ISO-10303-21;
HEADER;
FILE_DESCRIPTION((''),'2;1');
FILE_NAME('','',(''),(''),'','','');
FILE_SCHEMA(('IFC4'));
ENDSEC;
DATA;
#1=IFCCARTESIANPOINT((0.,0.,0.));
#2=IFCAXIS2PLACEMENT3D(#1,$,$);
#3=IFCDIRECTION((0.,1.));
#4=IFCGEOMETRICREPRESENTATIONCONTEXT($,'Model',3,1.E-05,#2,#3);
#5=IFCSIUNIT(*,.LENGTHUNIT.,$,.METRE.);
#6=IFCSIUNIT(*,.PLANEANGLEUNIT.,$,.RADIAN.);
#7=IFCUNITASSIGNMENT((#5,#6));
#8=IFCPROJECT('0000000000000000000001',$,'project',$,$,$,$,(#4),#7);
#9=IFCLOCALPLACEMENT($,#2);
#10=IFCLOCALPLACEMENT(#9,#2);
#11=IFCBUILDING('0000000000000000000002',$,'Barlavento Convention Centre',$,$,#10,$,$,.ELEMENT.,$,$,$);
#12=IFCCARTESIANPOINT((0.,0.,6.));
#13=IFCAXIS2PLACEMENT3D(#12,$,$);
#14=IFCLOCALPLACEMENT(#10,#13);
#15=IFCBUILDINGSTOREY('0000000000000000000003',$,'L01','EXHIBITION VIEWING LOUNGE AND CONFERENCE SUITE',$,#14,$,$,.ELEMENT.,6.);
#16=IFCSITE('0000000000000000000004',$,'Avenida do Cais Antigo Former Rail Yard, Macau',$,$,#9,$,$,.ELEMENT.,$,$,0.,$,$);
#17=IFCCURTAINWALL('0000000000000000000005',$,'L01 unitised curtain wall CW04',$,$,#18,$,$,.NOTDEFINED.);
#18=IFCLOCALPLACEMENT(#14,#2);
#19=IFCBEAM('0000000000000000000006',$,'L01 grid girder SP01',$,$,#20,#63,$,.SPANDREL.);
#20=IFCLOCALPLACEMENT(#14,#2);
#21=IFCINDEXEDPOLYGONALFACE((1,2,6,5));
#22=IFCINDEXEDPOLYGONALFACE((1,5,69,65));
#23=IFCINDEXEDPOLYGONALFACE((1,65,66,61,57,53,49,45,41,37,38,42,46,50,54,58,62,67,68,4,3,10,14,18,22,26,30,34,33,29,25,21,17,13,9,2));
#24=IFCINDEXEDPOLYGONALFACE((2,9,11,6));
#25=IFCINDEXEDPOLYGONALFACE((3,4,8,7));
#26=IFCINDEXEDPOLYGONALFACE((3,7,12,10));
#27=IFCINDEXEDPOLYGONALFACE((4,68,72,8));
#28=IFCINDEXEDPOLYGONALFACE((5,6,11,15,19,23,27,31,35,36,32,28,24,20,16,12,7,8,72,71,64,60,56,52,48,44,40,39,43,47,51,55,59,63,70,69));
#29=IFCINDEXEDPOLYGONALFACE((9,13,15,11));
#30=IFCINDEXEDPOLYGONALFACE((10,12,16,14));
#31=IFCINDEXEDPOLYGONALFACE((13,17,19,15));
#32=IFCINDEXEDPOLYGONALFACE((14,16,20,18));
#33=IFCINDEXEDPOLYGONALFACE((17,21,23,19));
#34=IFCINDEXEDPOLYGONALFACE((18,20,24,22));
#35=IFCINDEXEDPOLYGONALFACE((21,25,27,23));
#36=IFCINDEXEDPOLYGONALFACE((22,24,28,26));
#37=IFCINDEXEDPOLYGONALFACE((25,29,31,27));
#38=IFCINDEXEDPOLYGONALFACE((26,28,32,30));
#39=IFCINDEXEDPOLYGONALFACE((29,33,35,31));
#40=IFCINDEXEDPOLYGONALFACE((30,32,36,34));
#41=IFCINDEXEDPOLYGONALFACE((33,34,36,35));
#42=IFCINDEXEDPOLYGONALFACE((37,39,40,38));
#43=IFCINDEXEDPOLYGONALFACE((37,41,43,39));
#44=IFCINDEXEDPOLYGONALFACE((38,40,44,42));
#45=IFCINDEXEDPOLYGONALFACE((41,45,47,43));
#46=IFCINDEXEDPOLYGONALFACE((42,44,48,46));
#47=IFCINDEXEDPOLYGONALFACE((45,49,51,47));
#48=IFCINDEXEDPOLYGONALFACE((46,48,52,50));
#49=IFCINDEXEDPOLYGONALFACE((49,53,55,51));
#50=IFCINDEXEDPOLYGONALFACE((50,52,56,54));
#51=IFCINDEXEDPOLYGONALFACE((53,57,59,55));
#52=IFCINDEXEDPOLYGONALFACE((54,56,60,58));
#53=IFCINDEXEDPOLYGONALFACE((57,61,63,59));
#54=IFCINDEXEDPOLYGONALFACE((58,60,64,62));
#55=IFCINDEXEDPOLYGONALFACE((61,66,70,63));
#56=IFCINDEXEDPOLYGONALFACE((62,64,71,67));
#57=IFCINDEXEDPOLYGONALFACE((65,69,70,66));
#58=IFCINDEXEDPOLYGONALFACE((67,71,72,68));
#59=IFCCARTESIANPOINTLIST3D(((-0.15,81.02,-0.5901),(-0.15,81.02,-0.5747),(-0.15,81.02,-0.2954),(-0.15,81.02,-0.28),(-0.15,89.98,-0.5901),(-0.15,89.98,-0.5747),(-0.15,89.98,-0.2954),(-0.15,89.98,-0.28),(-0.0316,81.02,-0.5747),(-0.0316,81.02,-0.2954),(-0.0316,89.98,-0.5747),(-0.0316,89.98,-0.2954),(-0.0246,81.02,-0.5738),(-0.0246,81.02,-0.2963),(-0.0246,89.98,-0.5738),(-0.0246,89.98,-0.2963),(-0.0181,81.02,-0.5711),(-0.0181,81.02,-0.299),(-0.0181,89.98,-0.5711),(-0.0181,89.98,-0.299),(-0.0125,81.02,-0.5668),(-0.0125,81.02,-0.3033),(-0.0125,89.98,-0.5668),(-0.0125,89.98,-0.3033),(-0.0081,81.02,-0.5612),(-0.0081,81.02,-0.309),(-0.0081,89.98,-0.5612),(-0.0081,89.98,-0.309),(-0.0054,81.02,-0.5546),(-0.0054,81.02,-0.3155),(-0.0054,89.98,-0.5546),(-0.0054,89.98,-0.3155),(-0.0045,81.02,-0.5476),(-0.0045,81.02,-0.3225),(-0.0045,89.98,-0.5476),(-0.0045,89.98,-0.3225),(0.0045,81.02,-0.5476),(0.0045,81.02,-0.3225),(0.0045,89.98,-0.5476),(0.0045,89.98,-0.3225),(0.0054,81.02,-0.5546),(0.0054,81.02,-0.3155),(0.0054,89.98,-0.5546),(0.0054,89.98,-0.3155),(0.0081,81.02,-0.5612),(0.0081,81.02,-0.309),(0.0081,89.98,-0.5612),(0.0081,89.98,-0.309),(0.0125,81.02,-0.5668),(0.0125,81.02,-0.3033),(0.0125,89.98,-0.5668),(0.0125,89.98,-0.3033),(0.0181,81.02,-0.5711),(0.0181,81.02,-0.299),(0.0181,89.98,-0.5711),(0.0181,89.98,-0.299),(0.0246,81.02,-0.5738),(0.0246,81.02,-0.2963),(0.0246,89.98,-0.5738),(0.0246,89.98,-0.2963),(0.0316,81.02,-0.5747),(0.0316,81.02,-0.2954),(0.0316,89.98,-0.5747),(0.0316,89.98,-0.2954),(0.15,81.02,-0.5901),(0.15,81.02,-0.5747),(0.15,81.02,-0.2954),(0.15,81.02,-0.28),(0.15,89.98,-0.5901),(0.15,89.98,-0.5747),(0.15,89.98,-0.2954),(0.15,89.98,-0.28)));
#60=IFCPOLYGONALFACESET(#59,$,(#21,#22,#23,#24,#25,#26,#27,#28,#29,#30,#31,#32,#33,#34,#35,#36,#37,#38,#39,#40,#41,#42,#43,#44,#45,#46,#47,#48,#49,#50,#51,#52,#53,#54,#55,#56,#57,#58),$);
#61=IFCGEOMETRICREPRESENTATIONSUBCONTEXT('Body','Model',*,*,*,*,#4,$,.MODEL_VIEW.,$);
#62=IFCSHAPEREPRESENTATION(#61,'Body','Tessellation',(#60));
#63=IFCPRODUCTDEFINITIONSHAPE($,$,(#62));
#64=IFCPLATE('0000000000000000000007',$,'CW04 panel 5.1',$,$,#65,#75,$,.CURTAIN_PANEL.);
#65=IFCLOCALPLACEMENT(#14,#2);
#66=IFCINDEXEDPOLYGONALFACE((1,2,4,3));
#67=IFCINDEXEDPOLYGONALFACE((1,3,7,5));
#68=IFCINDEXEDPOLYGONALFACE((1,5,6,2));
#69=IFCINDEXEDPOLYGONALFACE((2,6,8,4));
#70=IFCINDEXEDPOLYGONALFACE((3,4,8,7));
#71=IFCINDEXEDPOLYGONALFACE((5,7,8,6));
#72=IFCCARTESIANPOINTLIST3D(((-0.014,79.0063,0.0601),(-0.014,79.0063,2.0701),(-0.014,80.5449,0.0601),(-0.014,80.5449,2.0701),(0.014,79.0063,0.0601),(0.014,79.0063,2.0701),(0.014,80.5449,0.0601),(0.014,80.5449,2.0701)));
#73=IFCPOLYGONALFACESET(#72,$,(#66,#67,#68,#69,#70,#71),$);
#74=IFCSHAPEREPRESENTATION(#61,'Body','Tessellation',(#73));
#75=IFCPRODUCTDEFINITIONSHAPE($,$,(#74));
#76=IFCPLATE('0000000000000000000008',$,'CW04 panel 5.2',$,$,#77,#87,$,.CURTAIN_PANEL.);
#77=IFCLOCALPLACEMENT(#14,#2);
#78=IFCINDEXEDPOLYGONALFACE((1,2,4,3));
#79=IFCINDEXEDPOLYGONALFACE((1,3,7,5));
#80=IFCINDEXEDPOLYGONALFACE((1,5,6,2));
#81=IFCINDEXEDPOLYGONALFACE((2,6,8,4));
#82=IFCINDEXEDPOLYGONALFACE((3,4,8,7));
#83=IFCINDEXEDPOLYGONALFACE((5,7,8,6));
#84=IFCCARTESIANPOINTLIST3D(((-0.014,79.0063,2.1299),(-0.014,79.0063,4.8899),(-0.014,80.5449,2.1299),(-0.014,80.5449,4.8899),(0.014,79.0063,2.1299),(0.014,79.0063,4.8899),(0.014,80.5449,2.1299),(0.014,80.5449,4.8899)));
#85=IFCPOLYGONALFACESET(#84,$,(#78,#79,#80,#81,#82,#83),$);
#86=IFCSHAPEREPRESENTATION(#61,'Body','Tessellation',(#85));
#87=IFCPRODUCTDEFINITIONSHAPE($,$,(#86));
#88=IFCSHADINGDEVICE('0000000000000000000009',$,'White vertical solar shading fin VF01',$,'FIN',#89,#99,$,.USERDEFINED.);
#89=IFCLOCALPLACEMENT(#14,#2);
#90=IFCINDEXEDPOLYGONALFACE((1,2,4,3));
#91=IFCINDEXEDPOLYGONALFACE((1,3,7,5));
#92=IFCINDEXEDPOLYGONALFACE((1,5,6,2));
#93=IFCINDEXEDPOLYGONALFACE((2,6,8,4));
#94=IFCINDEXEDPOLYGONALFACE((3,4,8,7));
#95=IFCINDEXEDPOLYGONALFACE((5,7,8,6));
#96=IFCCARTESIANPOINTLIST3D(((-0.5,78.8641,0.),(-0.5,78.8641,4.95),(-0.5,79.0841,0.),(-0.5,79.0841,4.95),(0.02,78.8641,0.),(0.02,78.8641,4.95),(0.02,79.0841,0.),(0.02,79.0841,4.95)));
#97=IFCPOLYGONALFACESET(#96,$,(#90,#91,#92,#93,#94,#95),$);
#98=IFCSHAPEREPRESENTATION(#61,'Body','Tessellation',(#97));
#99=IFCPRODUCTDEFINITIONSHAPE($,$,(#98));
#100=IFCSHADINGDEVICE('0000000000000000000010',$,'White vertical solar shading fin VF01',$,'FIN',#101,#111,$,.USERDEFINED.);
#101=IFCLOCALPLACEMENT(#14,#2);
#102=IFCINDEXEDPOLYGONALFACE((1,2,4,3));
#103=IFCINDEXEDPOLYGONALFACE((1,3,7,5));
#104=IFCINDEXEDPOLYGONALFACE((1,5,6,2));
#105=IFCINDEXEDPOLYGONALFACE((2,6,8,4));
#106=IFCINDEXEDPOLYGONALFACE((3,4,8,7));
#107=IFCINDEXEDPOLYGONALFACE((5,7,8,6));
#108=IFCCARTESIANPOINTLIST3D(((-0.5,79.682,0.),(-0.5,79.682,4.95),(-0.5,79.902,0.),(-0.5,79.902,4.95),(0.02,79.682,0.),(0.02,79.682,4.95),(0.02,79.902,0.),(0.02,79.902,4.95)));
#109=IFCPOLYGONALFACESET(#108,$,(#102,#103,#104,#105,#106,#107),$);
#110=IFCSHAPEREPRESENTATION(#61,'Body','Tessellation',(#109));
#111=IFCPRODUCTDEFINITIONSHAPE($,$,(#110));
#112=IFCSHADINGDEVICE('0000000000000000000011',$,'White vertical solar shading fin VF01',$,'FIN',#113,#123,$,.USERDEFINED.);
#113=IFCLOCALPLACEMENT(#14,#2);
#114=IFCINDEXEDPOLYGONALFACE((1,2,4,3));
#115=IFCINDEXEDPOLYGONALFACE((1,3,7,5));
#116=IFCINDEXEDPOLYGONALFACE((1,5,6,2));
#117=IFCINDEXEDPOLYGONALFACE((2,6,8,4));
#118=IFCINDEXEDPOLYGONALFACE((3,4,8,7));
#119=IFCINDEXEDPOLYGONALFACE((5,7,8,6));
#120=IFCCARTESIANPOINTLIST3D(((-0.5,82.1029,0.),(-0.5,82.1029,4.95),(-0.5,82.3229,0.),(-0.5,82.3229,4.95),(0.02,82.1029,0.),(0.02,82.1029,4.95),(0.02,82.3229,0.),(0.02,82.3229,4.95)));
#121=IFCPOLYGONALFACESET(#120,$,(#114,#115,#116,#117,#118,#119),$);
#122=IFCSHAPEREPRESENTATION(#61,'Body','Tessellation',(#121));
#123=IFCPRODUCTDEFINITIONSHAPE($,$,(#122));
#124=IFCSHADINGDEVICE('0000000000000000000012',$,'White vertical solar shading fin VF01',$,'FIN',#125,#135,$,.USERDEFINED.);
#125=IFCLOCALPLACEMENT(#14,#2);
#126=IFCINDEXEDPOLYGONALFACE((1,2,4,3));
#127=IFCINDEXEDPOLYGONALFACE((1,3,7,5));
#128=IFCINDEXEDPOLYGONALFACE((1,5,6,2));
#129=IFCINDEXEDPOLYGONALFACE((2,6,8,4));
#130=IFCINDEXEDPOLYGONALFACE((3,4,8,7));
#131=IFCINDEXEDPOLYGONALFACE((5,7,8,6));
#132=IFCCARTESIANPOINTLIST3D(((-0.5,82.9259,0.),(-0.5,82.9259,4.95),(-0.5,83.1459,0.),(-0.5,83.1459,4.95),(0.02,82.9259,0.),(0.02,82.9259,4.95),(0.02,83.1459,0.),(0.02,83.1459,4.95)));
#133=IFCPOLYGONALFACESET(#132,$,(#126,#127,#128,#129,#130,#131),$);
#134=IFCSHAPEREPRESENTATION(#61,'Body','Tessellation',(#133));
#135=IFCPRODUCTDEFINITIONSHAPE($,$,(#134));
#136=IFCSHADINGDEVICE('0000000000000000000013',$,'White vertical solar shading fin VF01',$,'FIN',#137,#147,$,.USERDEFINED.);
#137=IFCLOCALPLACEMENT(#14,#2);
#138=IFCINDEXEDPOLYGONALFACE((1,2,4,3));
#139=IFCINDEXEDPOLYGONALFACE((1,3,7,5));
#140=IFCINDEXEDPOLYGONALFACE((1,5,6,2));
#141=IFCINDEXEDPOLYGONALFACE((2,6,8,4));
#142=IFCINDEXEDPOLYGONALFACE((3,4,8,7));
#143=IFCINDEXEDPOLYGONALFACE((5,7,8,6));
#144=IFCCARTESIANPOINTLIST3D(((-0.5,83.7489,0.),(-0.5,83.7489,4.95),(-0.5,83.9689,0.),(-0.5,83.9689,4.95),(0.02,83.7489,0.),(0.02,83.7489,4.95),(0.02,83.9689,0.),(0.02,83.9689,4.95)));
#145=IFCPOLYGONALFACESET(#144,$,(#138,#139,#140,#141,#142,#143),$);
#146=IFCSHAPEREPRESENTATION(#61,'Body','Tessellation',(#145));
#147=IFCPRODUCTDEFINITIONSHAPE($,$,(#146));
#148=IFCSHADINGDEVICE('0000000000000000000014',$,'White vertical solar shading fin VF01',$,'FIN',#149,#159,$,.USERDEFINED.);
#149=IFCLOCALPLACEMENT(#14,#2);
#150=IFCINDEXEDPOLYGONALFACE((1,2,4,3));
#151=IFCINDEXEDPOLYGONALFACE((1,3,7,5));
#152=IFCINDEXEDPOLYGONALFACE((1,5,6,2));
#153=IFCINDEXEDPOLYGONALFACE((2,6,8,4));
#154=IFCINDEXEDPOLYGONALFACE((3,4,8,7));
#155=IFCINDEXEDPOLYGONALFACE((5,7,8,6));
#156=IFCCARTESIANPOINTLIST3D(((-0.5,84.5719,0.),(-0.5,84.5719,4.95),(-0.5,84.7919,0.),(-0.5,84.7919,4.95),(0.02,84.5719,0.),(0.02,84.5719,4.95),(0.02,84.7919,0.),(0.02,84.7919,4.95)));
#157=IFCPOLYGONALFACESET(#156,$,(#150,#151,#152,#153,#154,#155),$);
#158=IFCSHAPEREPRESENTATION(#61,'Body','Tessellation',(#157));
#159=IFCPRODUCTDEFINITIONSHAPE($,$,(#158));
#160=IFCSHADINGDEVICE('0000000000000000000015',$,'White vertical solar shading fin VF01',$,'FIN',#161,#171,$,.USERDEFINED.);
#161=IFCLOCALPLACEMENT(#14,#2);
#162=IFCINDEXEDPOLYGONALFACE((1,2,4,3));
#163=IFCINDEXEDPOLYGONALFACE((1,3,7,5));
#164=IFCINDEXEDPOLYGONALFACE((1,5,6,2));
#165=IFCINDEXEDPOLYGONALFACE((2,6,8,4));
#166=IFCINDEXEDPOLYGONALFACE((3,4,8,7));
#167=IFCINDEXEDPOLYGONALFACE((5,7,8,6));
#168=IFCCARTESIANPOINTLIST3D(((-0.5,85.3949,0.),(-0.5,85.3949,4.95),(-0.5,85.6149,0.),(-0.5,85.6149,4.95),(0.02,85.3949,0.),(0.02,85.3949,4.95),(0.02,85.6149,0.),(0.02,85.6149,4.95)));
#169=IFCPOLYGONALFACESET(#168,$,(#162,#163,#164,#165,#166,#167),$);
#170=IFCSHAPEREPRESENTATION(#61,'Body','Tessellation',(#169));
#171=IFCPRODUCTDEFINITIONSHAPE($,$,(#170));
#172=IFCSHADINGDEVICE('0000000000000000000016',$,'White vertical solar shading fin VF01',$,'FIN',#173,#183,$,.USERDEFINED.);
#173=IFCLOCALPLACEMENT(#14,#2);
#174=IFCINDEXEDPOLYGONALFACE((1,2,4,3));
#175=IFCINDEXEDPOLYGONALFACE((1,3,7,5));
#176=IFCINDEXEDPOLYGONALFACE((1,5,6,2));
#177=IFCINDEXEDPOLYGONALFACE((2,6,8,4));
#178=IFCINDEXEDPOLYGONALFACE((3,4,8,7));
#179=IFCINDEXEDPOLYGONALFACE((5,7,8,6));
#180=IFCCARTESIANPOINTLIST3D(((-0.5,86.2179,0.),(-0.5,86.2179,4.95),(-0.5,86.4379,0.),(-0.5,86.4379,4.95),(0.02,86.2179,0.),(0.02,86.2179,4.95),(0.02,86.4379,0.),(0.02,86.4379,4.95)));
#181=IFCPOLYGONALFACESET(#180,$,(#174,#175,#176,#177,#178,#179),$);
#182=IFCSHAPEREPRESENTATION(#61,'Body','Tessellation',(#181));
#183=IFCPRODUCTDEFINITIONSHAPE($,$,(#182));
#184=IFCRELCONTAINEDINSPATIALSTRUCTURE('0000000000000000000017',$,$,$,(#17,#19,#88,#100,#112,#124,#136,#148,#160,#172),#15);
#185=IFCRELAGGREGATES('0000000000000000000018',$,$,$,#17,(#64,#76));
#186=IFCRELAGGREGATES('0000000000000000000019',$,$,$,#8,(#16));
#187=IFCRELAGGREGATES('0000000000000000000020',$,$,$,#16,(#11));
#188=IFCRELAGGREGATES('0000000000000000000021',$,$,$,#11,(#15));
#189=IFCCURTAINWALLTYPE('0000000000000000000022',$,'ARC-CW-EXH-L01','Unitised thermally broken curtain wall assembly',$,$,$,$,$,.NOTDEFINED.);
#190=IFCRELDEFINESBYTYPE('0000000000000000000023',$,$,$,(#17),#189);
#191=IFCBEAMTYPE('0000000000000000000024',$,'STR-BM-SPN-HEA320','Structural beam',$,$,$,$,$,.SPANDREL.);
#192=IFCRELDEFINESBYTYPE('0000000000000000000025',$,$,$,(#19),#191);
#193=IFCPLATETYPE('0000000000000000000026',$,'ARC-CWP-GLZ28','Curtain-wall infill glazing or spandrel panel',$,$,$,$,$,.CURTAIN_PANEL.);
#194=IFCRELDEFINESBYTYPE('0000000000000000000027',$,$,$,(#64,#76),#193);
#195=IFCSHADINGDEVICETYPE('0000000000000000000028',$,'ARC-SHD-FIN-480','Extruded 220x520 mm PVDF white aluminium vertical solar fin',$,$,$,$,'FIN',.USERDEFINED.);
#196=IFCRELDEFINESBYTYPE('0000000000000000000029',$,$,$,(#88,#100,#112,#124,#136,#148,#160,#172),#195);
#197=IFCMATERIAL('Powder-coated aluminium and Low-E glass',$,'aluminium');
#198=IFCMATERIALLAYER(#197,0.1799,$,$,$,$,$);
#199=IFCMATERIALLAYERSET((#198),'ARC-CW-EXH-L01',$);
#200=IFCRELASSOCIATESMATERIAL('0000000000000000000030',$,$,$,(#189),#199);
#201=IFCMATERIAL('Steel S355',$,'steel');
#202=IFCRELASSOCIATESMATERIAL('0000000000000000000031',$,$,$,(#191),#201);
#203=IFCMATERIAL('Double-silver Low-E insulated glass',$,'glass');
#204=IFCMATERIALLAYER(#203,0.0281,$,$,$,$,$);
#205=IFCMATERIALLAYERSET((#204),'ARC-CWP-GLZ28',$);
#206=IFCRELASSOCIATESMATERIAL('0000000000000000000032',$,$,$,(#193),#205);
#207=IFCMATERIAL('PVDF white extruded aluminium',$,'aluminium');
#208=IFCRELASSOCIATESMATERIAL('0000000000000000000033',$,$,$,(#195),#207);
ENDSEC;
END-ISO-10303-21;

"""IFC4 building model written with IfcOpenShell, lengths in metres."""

from ifc_helpers import new_model, si_unit, direction, frame, origin, origin_2d, place, context, subcontext, project, spatial, rectangle, i_section, extrude, material, layer, layer_set, material_profile, profile_set, type_object, element, aggregate, save


model = new_model("IFC4")

# Units and contexts
model_context = context("Model", 3, precision=1e-05, world=origin(), true_north=direction((0.0, 1.0)))
body_context = subcontext(model_context, "Body", "Model", "MODEL_VIEW")
ifc_project = project(units=[si_unit("LENGTHUNIT", "METRE"), si_unit("PLANEANGLEUNIT", "RADIAN")], contexts=[model_context])

# Site, building, storey
site_placement = place(None, origin())
site = spatial("IfcSite", under=ifc_project, at=site_placement, Name="Avenida do Cais Antigo Former Rail Yard, Macau", CompositionType="ELEMENT", RefElevation=0.0)
building_placement = place(site_placement, origin())
building = spatial("IfcBuilding", under=site, at=building_placement, Name="Barlavento Convention Centre", CompositionType="ELEMENT")
storey_placement = place(building_placement, frame((0.0, 0.0, 6.0)))
storey = spatial("IfcBuildingStorey", under=building, at=storey_placement, Name="L01", Description="EXHIBITION VIEWING LOUNGE AND CONFERENCE SUITE", CompositionType="ELEMENT", Elevation=6.0)

# Shared definitions
ifc_material_1 = material(Name="Steel S355", Category="steel")

# Curtain wall
ifc_material_2 = material(Name="Powder-coated aluminium and Low-E glass", Category="aluminium")
ifc_layer_1 = layer(ifc_material_2, 0.1799)
ifc_layer_set_1 = layer_set([ifc_layer_1], Name="ARC-CW-EXH-L01")
curtain_wall_type = type_object("IfcCurtainWallType", Name="ARC-CW-EXH-L01", Description="Unitised thermally broken curtain wall assembly", PredefinedType="NOTDEFINED", material=ifc_layer_set_1)
curtain_wall_1_placement = place(storey_placement, origin())
curtain_wall_1 = element("IfcCurtainWall", 1, at=curtain_wall_1_placement, inside=storey, type_object=curtain_wall_type, Name="L01 unitised curtain wall CW04", PredefinedType="NOTDEFINED")

# Beam
ifc_material_profile_1 = material_profile(ifc_material_1, i_section(OverallWidth=0.3, OverallDepth=0.3101, WebThickness=0.009, FlangeThickness=0.0154, FilletRadius=0.0271, at=origin_2d()), Name="HEA 320")
ifc_profile_set_1 = profile_set([ifc_material_profile_1], Name="Steel S355")
beam_type = type_object("IfcBeamType", Name="STR-BM-SPN-HEA320", Description="Structural beam", PredefinedType="SPANDREL", material=ifc_profile_set_1)
beam_placement = place(storey_placement, frame((0.0, 81.02, -0.4351), z_axis=(0.0, 1.0, 0.0), x_axis=(-1.0, 0.0, 0.0)))
element("IfcBeam", 2, at=beam_placement, inside=storey, type_object=beam_type, Name="L01 grid girder SP01", PredefinedType="SPANDREL", context=body_context, shape_type="SweptSolid", body=[
    extrude(i_section(OverallWidth=0.3, OverallDepth=0.3101, WebThickness=0.009, FlangeThickness=0.0154, FilletRadius=0.0271, at=origin_2d()), origin(), (0.0, 0.0, 1.0), 8.96),
])

# Plates
ifc_material_3 = material(Name="Double-silver Low-E insulated glass", Category="glass")
ifc_layer_2 = layer(ifc_material_3, 0.0281)
ifc_layer_set_2 = layer_set([ifc_layer_2], Name="ARC-CWP-GLZ28")
plate_type = type_object("IfcPlateType", Name="ARC-CWP-GLZ28", Description="Curtain-wall infill glazing or spandrel panel", PredefinedType="CURTAIN_PANEL", material=ifc_layer_set_2)
plate_1_placement = place(storey_placement, frame((0.0, 79.7756, 0.0601), z_axis=(0.0, 0.0, 1.0), x_axis=(0.0, 1.0, 0.0)))
plate_1 = element("IfcPlate", 3, at=plate_1_placement, type_object=plate_type, Name="CW04 panel 5.1", PredefinedType="CURTAIN_PANEL", context=body_context, shape_type="SweptSolid", body=[
    extrude(rectangle(XDim=1.5386, YDim=0.0281, at=origin_2d()), origin(), (0.0, 0.0, 1.0), 2.01),
])
plate_2_placement = place(storey_placement, frame((0.0, 79.7756, 2.1299), z_axis=(0.0, 0.0, 1.0), x_axis=(0.0, 1.0, 0.0)))
plate_2 = element("IfcPlate", 4, at=plate_2_placement, type_object=plate_type, Name="CW04 panel 5.2", PredefinedType="CURTAIN_PANEL", context=body_context, shape_type="SweptSolid", body=[
    extrude(rectangle(XDim=1.5386, YDim=0.0281, at=origin_2d()), origin(), (0.0, 0.0, 1.0), 2.76),
])
aggregate(curtain_wall_1, [plate_1, plate_2])

# Shading devices
ifc_material_4 = material(Name="PVDF white extruded aluminium", Category="aluminium")
shading_device_type = type_object("IfcShadingDeviceType", Name="ARC-SHD-FIN-480", Description="Extruded 220x520 mm PVDF white aluminium vertical solar fin", ElementType="FIN", PredefinedType="USERDEFINED", material=ifc_material_4)
for number, where, z_axis, x_axis, name in (
    (5, (-0.24, 78.9741, 0.0), (0.0, 0.0, 1.0), (0.0, 1.0, 0.0), "White vertical solar shading fin VF01"),
    (6, (-0.24, 79.792, 0.0), (0.0, 0.0, 1.0), (0.0, 1.0, 0.0), "White vertical solar shading fin VF01"),
    (7, (-0.24, 82.2129, 0.0), (0.0, 0.0, 1.0), (0.0, 1.0, 0.0), "White vertical solar shading fin VF01"),
    (8, (-0.24, 83.0359, 0.0), (0.0, 0.0, 1.0), (0.0, 1.0, 0.0), "White vertical solar shading fin VF01"),
    (9, (-0.24, 83.8589, 0.0), (0.0, 0.0, 1.0), (0.0, 1.0, 0.0), "White vertical solar shading fin VF01"),
    (10, (-0.24, 84.6819, 0.0), (0.0, 0.0, 1.0), (0.0, 1.0, 0.0), "White vertical solar shading fin VF01"),
    (11, (-0.24, 85.5049, 0.0), (0.0, 0.0, 1.0), (0.0, 1.0, 0.0), "White vertical solar shading fin VF01"),
    (12, (-0.24, 86.3279, 0.0), (0.0, 0.0, 1.0), (0.0, 1.0, 0.0), "White vertical solar shading fin VF01"),
):
    element("IfcShadingDevice", number, at=place(storey_placement, frame(where, z_axis=z_axis, x_axis=x_axis)), inside=storey, type_object=shading_device_type, Name=name, ObjectType="FIN", PredefinedType="USERDEFINED", context=body_context, shape_type="SweptSolid", body=[
        extrude(rectangle(XDim=0.22, YDim=0.52, at=origin_2d()), origin(), (0.0, 0.0, 1.0), 4.95),
    ])

save(model, "model.ifc")
